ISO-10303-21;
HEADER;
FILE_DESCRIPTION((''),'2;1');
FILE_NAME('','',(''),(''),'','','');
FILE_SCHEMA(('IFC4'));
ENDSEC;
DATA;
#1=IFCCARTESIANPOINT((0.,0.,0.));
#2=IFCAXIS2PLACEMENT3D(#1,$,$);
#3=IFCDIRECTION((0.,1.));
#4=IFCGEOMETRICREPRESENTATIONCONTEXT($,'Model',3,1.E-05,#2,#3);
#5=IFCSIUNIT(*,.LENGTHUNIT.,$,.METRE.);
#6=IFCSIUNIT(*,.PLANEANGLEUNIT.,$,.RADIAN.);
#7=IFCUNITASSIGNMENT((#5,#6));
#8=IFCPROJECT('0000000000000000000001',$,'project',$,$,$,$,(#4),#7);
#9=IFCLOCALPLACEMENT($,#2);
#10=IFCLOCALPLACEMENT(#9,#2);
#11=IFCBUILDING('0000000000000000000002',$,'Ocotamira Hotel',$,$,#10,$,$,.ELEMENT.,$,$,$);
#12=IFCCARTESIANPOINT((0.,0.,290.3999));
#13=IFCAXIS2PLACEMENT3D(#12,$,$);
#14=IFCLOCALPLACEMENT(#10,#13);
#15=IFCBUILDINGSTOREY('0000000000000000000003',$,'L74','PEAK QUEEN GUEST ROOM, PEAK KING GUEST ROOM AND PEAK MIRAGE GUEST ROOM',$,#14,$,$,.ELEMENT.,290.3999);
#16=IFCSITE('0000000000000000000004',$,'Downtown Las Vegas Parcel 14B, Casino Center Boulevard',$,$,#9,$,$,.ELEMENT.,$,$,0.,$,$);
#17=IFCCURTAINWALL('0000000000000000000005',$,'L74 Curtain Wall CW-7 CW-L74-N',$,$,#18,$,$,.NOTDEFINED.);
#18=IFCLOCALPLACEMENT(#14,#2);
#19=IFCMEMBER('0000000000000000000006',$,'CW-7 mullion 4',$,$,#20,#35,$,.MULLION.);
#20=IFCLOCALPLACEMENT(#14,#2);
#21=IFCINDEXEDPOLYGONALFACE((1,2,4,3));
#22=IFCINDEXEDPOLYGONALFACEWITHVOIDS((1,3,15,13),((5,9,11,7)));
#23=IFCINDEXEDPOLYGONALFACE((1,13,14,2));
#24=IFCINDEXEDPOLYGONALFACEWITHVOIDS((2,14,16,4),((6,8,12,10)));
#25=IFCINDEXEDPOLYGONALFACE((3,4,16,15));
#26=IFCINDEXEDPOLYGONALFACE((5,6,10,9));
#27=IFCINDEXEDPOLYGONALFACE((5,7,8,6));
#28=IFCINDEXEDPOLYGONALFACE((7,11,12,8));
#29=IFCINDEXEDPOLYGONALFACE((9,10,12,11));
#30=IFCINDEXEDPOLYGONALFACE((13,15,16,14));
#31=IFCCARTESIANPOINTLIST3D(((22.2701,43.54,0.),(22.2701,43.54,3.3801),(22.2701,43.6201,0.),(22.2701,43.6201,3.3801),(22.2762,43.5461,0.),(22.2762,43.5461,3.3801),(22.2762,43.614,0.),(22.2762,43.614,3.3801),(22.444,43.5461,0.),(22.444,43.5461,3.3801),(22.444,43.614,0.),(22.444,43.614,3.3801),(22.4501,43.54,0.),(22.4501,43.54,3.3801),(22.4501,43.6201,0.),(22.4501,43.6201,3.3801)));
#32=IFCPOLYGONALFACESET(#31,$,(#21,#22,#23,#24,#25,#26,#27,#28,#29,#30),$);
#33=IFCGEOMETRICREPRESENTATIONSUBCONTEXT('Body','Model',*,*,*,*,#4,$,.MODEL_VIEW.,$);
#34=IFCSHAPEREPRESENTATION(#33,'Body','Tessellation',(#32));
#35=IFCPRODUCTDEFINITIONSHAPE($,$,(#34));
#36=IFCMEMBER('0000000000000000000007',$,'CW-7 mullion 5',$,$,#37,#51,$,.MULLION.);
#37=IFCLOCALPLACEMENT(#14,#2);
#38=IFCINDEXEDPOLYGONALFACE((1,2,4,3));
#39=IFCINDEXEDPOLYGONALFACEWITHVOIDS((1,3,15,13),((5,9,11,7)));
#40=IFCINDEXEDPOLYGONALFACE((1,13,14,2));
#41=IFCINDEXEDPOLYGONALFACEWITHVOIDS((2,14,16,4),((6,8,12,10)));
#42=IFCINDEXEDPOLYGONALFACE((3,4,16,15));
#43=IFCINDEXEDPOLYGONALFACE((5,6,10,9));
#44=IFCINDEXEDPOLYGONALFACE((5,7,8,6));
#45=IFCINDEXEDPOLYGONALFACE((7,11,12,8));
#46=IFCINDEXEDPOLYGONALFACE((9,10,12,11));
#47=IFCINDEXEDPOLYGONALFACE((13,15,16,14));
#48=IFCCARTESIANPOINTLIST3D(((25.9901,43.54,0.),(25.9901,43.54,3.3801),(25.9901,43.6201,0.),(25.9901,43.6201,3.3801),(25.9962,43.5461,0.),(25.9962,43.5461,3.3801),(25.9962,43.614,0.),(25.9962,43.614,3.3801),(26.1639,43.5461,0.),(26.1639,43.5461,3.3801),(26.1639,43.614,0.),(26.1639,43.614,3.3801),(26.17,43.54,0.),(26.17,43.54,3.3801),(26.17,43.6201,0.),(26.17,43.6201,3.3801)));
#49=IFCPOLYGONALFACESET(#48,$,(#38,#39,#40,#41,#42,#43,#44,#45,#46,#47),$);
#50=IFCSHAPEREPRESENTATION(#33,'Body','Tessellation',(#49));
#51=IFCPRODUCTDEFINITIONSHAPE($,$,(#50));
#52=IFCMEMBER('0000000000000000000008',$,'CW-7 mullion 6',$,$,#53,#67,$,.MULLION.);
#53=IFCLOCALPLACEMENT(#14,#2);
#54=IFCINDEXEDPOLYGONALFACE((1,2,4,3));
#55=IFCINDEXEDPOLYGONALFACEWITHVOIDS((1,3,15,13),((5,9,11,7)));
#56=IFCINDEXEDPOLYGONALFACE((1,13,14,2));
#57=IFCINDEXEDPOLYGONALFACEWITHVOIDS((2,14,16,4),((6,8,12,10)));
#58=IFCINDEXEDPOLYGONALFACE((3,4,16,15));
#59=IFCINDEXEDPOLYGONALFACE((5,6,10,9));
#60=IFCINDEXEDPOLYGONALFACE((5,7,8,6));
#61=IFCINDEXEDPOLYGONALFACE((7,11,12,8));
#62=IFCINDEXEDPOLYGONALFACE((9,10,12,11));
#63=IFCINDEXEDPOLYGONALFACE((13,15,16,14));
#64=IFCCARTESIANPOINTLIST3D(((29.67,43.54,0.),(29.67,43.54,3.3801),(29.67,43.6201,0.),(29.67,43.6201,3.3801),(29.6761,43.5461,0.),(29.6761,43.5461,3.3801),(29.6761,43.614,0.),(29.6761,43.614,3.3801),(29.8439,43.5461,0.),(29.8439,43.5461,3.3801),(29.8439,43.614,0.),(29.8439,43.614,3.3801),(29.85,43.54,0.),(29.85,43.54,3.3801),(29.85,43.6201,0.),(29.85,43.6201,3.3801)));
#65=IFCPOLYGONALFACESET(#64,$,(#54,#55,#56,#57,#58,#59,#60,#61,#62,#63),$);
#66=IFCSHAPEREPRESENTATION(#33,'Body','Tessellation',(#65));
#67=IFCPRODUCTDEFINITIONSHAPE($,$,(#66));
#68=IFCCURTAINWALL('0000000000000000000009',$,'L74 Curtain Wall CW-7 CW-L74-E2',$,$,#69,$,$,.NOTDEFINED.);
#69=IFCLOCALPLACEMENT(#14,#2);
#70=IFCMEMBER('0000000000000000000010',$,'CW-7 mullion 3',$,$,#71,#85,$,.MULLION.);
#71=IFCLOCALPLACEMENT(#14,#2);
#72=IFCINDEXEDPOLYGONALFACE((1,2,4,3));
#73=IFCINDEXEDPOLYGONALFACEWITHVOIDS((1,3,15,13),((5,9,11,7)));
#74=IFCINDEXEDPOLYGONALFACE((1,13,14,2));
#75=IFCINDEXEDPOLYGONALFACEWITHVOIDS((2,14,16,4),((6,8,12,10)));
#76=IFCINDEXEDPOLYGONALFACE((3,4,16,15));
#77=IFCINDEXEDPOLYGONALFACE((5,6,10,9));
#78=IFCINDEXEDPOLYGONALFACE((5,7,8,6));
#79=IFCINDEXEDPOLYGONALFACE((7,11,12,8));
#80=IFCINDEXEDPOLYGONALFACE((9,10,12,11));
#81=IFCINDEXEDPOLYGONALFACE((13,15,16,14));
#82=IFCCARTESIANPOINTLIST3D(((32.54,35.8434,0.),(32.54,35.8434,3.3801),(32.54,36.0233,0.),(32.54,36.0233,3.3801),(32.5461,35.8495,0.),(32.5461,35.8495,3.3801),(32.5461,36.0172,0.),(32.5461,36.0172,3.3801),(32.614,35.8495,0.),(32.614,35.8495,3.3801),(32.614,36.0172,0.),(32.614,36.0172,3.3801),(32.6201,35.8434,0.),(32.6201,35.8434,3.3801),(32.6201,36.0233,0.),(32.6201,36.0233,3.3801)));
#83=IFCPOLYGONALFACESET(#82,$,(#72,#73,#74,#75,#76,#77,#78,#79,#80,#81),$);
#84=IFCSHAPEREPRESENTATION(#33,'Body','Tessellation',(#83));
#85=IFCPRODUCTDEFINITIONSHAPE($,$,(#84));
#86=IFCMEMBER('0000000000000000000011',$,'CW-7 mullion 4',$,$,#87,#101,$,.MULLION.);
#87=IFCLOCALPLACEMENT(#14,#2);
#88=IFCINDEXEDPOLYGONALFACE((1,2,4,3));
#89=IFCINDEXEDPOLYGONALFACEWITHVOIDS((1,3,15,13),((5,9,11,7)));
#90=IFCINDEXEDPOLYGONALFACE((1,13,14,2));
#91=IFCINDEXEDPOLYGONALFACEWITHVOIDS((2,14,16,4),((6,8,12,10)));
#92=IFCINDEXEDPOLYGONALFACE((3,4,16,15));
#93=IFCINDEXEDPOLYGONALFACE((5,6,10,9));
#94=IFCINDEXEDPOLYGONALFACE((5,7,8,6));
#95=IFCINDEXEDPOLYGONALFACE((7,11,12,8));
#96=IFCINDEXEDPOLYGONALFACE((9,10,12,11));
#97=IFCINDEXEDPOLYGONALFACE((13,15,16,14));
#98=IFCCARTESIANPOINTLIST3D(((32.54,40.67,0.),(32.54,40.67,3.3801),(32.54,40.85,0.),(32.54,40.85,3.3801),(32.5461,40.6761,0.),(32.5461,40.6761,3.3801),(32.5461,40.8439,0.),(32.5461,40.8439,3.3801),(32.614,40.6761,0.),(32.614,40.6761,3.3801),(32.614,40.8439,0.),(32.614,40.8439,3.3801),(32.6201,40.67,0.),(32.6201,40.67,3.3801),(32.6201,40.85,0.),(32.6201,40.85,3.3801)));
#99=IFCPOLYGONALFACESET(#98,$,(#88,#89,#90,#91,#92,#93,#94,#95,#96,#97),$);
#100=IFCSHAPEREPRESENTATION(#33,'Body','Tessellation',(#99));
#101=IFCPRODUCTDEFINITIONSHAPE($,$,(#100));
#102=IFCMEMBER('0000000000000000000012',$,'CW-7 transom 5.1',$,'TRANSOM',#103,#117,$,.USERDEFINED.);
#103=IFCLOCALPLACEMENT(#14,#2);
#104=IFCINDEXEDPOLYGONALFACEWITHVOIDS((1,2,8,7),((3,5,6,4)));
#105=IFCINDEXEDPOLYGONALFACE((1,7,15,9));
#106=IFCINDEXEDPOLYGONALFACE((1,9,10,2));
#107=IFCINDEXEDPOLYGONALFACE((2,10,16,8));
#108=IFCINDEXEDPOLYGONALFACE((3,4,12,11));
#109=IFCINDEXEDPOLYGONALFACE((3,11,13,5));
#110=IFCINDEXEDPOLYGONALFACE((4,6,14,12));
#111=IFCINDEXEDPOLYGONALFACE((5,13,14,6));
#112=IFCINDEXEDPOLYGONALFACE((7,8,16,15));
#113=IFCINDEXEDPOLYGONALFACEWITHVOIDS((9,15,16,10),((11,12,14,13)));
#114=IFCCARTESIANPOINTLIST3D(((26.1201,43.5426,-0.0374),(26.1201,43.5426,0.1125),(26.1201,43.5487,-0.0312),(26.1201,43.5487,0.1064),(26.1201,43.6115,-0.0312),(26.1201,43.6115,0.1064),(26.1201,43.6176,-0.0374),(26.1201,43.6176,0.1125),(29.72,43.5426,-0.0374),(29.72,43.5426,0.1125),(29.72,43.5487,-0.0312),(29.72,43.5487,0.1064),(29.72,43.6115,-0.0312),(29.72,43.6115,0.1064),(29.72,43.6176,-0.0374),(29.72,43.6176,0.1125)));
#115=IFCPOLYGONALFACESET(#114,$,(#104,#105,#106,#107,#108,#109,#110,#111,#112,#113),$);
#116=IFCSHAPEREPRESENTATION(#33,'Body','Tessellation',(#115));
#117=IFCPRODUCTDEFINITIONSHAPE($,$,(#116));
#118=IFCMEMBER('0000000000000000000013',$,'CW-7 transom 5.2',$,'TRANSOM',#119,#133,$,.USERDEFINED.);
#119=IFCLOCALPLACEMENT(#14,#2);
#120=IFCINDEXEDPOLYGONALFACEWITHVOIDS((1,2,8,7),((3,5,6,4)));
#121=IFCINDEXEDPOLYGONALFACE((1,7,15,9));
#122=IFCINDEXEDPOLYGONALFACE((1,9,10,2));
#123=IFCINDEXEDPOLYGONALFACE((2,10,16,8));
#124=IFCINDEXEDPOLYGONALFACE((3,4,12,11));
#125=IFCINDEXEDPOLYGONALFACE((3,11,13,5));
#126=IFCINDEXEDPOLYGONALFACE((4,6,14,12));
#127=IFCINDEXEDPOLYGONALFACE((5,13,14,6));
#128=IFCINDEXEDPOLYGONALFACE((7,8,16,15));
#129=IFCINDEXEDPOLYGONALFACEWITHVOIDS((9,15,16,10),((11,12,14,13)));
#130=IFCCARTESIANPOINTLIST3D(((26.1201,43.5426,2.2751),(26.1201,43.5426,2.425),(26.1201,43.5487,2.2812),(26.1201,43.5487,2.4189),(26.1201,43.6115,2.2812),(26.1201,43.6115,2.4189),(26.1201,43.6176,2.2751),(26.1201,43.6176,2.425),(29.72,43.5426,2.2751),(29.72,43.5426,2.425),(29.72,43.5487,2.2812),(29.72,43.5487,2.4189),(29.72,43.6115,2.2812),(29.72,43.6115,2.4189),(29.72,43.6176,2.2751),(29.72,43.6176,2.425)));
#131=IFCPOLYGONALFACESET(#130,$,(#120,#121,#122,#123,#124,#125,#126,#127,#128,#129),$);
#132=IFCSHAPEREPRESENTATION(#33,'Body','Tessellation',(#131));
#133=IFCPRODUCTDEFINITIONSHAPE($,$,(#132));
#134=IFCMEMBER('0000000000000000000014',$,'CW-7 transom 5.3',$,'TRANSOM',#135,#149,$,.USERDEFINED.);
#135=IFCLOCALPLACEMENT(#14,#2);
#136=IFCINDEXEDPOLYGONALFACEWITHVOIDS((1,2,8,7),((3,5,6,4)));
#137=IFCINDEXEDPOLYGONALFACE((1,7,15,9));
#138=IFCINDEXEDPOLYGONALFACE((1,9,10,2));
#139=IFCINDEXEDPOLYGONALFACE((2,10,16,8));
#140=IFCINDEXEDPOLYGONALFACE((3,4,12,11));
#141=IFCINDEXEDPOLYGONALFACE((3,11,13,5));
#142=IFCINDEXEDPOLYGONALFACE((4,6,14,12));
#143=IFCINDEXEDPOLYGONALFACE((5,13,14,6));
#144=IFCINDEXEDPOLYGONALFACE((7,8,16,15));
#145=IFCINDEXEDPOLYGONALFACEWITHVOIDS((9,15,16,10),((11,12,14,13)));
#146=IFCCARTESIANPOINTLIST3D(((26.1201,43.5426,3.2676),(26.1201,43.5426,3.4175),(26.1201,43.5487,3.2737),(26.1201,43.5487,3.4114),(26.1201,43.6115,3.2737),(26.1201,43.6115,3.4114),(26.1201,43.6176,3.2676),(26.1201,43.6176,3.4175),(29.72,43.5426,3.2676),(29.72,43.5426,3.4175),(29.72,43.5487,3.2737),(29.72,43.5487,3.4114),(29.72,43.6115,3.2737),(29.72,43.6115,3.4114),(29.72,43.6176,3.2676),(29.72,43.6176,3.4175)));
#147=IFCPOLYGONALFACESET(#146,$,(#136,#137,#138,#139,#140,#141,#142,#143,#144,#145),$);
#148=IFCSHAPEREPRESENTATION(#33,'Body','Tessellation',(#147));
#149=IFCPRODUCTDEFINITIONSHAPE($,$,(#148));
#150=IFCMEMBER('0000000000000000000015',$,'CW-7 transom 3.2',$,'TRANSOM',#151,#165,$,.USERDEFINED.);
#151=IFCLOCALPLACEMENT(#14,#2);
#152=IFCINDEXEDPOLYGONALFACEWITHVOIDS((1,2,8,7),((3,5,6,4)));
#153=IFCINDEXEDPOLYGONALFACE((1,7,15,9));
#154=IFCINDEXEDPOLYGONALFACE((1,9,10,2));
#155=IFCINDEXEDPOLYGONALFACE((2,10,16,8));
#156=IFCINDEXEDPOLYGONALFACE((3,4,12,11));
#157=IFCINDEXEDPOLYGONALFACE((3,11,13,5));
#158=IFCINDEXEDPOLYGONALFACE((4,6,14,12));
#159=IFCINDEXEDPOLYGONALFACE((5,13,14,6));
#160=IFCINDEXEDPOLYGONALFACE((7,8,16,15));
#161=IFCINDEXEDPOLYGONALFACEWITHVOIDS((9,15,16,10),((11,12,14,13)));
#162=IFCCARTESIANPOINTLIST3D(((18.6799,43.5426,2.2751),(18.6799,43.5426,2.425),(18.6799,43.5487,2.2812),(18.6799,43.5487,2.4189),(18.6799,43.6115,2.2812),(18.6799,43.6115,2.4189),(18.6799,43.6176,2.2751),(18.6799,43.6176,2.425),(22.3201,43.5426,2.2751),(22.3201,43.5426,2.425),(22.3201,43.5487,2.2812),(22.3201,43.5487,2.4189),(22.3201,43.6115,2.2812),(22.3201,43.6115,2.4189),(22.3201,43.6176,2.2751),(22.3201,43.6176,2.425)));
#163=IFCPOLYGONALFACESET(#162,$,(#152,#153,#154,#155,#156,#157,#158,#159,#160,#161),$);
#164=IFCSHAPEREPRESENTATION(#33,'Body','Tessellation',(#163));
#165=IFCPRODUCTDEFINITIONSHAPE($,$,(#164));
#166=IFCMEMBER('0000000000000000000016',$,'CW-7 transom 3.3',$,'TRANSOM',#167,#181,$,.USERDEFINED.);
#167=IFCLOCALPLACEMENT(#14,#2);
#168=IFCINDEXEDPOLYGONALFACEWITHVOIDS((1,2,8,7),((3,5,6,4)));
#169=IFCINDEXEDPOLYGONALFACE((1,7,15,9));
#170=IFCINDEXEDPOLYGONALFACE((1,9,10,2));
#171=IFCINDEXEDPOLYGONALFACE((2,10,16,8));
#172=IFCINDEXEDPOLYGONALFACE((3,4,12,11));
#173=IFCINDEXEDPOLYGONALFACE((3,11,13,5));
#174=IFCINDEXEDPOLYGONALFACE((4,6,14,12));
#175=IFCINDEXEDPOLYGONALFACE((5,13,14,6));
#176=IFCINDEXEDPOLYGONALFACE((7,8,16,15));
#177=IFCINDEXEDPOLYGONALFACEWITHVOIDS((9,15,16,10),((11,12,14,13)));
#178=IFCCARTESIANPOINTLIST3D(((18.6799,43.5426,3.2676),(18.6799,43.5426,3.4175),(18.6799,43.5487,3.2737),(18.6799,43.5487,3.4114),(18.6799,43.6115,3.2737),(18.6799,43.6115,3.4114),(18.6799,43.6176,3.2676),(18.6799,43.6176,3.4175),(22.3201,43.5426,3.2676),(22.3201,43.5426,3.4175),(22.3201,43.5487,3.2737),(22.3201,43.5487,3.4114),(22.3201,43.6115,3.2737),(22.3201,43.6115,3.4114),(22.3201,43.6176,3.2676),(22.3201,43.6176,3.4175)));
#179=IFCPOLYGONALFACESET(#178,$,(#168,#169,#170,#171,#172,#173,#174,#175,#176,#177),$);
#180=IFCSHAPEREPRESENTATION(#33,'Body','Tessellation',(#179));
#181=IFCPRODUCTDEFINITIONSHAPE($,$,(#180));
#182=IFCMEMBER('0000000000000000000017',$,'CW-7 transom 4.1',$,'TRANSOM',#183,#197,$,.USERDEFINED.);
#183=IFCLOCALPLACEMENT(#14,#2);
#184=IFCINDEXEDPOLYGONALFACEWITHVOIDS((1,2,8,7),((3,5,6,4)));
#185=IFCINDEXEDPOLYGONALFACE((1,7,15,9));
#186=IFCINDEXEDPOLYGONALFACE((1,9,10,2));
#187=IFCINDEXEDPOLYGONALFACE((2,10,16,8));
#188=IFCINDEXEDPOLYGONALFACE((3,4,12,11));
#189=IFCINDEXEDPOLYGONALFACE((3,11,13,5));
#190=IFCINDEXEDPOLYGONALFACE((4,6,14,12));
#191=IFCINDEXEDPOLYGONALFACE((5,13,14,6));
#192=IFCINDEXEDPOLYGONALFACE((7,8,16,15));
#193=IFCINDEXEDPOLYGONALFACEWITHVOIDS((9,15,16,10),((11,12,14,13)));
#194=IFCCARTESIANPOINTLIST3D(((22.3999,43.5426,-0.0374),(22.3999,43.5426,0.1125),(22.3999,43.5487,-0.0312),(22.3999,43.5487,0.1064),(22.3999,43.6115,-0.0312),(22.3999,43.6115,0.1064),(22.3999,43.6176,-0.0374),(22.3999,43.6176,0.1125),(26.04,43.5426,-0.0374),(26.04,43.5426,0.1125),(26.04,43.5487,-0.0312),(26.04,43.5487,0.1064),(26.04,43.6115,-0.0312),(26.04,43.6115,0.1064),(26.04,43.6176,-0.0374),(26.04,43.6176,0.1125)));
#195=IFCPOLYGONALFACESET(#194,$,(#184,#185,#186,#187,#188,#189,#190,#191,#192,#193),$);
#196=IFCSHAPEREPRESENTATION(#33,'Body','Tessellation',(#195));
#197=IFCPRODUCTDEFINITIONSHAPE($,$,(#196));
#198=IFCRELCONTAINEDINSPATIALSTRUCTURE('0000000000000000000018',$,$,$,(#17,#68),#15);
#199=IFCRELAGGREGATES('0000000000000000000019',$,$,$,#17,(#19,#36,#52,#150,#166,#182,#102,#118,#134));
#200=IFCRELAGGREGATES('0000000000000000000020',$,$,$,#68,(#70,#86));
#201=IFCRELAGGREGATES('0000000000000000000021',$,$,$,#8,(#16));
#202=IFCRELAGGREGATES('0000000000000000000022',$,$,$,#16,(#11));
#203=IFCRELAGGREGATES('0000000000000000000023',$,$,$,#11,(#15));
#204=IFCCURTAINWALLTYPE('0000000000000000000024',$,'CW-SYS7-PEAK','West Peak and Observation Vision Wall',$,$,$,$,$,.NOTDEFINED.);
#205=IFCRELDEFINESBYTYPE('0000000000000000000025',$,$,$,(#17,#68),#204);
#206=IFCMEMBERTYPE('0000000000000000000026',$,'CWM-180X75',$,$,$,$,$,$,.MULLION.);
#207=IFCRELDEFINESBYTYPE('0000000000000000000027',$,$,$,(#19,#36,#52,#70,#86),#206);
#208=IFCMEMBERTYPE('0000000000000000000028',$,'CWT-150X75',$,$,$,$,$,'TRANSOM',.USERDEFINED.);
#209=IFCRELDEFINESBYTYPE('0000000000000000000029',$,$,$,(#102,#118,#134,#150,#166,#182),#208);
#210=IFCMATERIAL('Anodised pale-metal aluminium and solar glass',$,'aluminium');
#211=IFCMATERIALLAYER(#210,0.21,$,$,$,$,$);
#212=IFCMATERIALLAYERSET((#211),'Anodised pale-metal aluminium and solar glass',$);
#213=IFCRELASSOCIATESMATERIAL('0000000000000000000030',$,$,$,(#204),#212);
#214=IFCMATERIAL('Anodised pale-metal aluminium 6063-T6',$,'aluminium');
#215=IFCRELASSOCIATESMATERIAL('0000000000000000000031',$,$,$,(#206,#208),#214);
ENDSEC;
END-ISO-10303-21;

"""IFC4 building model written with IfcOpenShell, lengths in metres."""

from ifc_helpers import new_model, si_unit, direction, frame, origin, origin_2d, place, context, subcontext, project, spatial, hollow_rectangle, extrude, source, transform, mapped, material, layer, layer_set, material_profile, profile_set, type_object, element, aggregate, save


model = new_model("IFC4")

# Units and contexts
model_context = context("Model", 3, precision=1e-05, world=origin(), true_north=direction((0.0, 1.0)))
body_context = subcontext(model_context, "Body", "Model", "MODEL_VIEW")
ifc_project = project(units=[si_unit("LENGTHUNIT", "METRE"), si_unit("PLANEANGLEUNIT", "RADIAN")], contexts=[model_context])

# Site, building, storey
site_placement = place(None, origin())
site = spatial("IfcSite", under=ifc_project, at=site_placement, Name="Downtown Las Vegas Parcel 14B, Casino Center Boulevard", CompositionType="ELEMENT", RefElevation=0.0)
building_placement = place(site_placement, origin())
building = spatial("IfcBuilding", under=site, at=building_placement, Name="Ocotamira Hotel", CompositionType="ELEMENT")
storey_placement = place(building_placement, frame((0.0, 0.0, 290.3999)))
storey = spatial("IfcBuildingStorey", under=building, at=storey_placement, Name="L74", Description="PEAK QUEEN GUEST ROOM, PEAK KING GUEST ROOM AND PEAK MIRAGE GUEST ROOM", CompositionType="ELEMENT", Elevation=290.3999)

# Curtain walls, members
ifc_material_1 = material(Name="Anodised pale-metal aluminium and solar glass", Category="aluminium")
ifc_layer_1 = layer(ifc_material_1, 0.21)
ifc_layer_set_1 = layer_set([ifc_layer_1], Name="Anodised pale-metal aluminium and solar glass")
curtain_wall_type = type_object("IfcCurtainWallType", Name="CW-SYS7-PEAK", Description="West Peak and Observation Vision Wall", PredefinedType="NOTDEFINED", material=ifc_layer_set_1)
curtain_wall_1_placement = place(storey_placement, origin())
curtain_wall_1 = element("IfcCurtainWall", 1, at=curtain_wall_1_placement, inside=storey, type_object=curtain_wall_type, Name="L74 Curtain Wall CW-7 CW-L74-N", PredefinedType="NOTDEFINED")
ifc_material_2 = material(Name="Anodised pale-metal aluminium 6063-T6", Category="aluminium")
ifc_material_profile_1 = material_profile(ifc_material_2, hollow_rectangle(XDim=0.0801, YDim=0.1799, WallThickness=0.0061, at=origin_2d()), Name="HSS180X80X6")
ifc_profile_set_1 = profile_set([ifc_material_profile_1], Name="Anodised pale-metal aluminium 6063-T6")
member_type_1 = type_object("IfcMemberType", Name="CWM-180X75", PredefinedType="MULLION", material=ifc_profile_set_1)
shared_shape_1 = source(origin(), body_context, "Body", "SweptSolid", [
    extrude(hollow_rectangle(XDim=0.0801, YDim=0.1799, WallThickness=0.0061, at=origin_2d()), origin(), (0.0, 0.0, 1.0), 3.3801),
])
member_1_placement = place(storey_placement, frame((22.3601, 43.5801, 0.0), z_axis=(0.0, 0.0, 1.0), x_axis=(0.0, 1.0, 0.0)))
member_1 = element("IfcMember", 2, at=member_1_placement, type_object=member_type_1, Name="CW-7 mullion 4", PredefinedType="MULLION", context=body_context, shape_type="MappedRepresentation", body=[
    mapped(shared_shape_1, transform((0.0, 0.0, 0.0), scale=1.0)),
])
member_2_placement = place(storey_placement, frame((26.0801, 43.5801, 0.0), z_axis=(0.0, 0.0, 1.0), x_axis=(0.0, 1.0, 0.0)))
member_2 = element("IfcMember", 3, at=member_2_placement, type_object=member_type_1, Name="CW-7 mullion 5", PredefinedType="MULLION", context=body_context, shape_type="MappedRepresentation", body=[
    mapped(shared_shape_1, transform((0.0, 0.0, 0.0), scale=1.0)),
])
member_3_placement = place(storey_placement, frame((29.76, 43.5801, 0.0), z_axis=(0.0, 0.0, 1.0), x_axis=(0.0, 1.0, 0.0)))
member_3 = element("IfcMember", 4, at=member_3_placement, type_object=member_type_1, Name="CW-7 mullion 6", PredefinedType="MULLION", context=body_context, shape_type="MappedRepresentation", body=[
    mapped(shared_shape_1, transform((0.0, 0.0, 0.0), scale=1.0)),
])
curtain_wall_2_placement = place(storey_placement, origin())
curtain_wall_2 = element("IfcCurtainWall", 5, at=curtain_wall_2_placement, inside=storey, type_object=curtain_wall_type, Name="L74 Curtain Wall CW-7 CW-L74-E2", PredefinedType="NOTDEFINED")
member_4_placement = place(storey_placement, frame((32.5801, 35.9333, 0.0), z_axis=(0.0, 0.0, 1.0), x_axis=(-1.0, 0.0, 0.0)))
member_4 = element("IfcMember", 6, at=member_4_placement, type_object=member_type_1, Name="CW-7 mullion 3", PredefinedType="MULLION", context=body_context, shape_type="MappedRepresentation", body=[
    mapped(shared_shape_1, transform((0.0, 0.0, 0.0), scale=1.0)),
])
member_5_placement = place(storey_placement, frame((32.5801, 40.76, 0.0), z_axis=(0.0, 0.0, 1.0), x_axis=(-1.0, 0.0, 0.0)))
member_5 = element("IfcMember", 7, at=member_5_placement, type_object=member_type_1, Name="CW-7 mullion 4", PredefinedType="MULLION", context=body_context, shape_type="MappedRepresentation", body=[
    mapped(shared_shape_1, transform((0.0, 0.0, 0.0), scale=1.0)),
])

# Members
ifc_material_profile_2 = material_profile(ifc_material_2, hollow_rectangle(XDim=0.075, YDim=0.1499, WallThickness=0.0061, at=origin_2d()), Name="HSS150X75X6")
ifc_profile_set_2 = profile_set([ifc_material_profile_2], Name="Anodised pale-metal aluminium 6063-T6")
member_type_2 = type_object("IfcMemberType", Name="CWT-150X75", ElementType="TRANSOM", PredefinedType="USERDEFINED", material=ifc_profile_set_2)
shared_shape_2 = source(origin(), body_context, "Body", "SweptSolid", [
    extrude(hollow_rectangle(XDim=0.075, YDim=0.1499, WallThickness=0.0061, at=origin_2d()), origin(), (0.0, 0.0, 1.0), 3.5999),
])
member_6_placement = place(storey_placement, frame((26.1201, 43.5801, 0.0376), z_axis=(1.0, 0.0, 0.0), x_axis=(0.0, 1.0, 0.0)))
member_6 = element("IfcMember", 8, at=member_6_placement, type_object=member_type_2, Name="CW-7 transom 5.1", ObjectType="TRANSOM", PredefinedType="USERDEFINED", context=body_context, shape_type="MappedRepresentation", body=[
    mapped(shared_shape_2, transform((0.0, 0.0, 0.0), scale=1.0)),
])
member_7_placement = place(storey_placement, frame((26.1201, 43.5801, 2.3501), z_axis=(1.0, 0.0, 0.0), x_axis=(0.0, 1.0, 0.0)))
member_7 = element("IfcMember", 9, at=member_7_placement, type_object=member_type_2, Name="CW-7 transom 5.2", ObjectType="TRANSOM", PredefinedType="USERDEFINED", context=body_context, shape_type="MappedRepresentation", body=[
    mapped(shared_shape_2, transform((0.0, 0.0, 0.0), scale=1.0)),
])
member_8_placement = place(storey_placement, frame((26.1201, 43.5801, 3.3425), z_axis=(1.0, 0.0, 0.0), x_axis=(0.0, 1.0, 0.0)))
member_8 = element("IfcMember", 10, at=member_8_placement, type_object=member_type_2, Name="CW-7 transom 5.3", ObjectType="TRANSOM", PredefinedType="USERDEFINED", context=body_context, shape_type="MappedRepresentation", body=[
    mapped(shared_shape_2, transform((0.0, 0.0, 0.0), scale=1.0)),
])
shared_shape_3 = source(origin(), body_context, "Body", "SweptSolid", [
    extrude(hollow_rectangle(XDim=0.075, YDim=0.1499, WallThickness=0.0061, at=origin_2d()), origin(), (0.0, 0.0, 1.0), 3.6401),
])
member_9_placement = place(storey_placement, frame((18.6799, 43.5801, 2.3501), z_axis=(1.0, 0.0, 0.0), x_axis=(0.0, 1.0, 0.0)))
member_9 = element("IfcMember", 11, at=member_9_placement, type_object=member_type_2, Name="CW-7 transom 3.2", ObjectType="TRANSOM", PredefinedType="USERDEFINED", context=body_context, shape_type="MappedRepresentation", body=[
    mapped(shared_shape_3, transform((0.0, 0.0, 0.0), scale=1.0)),
])
member_10_placement = place(storey_placement, frame((18.6799, 43.5801, 3.3425), z_axis=(1.0, 0.0, 0.0), x_axis=(0.0, 1.0, 0.0)))
member_10 = element("IfcMember", 12, at=member_10_placement, type_object=member_type_2, Name="CW-7 transom 3.3", ObjectType="TRANSOM", PredefinedType="USERDEFINED", context=body_context, shape_type="MappedRepresentation", body=[
    mapped(shared_shape_3, transform((0.0, 0.0, 0.0), scale=1.0)),
])
member_11_placement = place(storey_placement, frame((22.3999, 43.5801, 0.0376), z_axis=(1.0, 0.0, 0.0), x_axis=(0.0, 1.0, 0.0)))
member_11 = element("IfcMember", 13, at=member_11_placement, type_object=member_type_2, Name="CW-7 transom 4.1", ObjectType="TRANSOM", PredefinedType="USERDEFINED", context=body_context, shape_type="MappedRepresentation", body=[
    mapped(shared_shape_3, transform((0.0, 0.0, 0.0), scale=1.0)),
])

aggregate(curtain_wall_1, [member_1, member_2, member_3, member_9, member_10, member_11, member_6, member_7, member_8])
aggregate(curtain_wall_2, [member_4, member_5])

save(model, "model.ifc")
